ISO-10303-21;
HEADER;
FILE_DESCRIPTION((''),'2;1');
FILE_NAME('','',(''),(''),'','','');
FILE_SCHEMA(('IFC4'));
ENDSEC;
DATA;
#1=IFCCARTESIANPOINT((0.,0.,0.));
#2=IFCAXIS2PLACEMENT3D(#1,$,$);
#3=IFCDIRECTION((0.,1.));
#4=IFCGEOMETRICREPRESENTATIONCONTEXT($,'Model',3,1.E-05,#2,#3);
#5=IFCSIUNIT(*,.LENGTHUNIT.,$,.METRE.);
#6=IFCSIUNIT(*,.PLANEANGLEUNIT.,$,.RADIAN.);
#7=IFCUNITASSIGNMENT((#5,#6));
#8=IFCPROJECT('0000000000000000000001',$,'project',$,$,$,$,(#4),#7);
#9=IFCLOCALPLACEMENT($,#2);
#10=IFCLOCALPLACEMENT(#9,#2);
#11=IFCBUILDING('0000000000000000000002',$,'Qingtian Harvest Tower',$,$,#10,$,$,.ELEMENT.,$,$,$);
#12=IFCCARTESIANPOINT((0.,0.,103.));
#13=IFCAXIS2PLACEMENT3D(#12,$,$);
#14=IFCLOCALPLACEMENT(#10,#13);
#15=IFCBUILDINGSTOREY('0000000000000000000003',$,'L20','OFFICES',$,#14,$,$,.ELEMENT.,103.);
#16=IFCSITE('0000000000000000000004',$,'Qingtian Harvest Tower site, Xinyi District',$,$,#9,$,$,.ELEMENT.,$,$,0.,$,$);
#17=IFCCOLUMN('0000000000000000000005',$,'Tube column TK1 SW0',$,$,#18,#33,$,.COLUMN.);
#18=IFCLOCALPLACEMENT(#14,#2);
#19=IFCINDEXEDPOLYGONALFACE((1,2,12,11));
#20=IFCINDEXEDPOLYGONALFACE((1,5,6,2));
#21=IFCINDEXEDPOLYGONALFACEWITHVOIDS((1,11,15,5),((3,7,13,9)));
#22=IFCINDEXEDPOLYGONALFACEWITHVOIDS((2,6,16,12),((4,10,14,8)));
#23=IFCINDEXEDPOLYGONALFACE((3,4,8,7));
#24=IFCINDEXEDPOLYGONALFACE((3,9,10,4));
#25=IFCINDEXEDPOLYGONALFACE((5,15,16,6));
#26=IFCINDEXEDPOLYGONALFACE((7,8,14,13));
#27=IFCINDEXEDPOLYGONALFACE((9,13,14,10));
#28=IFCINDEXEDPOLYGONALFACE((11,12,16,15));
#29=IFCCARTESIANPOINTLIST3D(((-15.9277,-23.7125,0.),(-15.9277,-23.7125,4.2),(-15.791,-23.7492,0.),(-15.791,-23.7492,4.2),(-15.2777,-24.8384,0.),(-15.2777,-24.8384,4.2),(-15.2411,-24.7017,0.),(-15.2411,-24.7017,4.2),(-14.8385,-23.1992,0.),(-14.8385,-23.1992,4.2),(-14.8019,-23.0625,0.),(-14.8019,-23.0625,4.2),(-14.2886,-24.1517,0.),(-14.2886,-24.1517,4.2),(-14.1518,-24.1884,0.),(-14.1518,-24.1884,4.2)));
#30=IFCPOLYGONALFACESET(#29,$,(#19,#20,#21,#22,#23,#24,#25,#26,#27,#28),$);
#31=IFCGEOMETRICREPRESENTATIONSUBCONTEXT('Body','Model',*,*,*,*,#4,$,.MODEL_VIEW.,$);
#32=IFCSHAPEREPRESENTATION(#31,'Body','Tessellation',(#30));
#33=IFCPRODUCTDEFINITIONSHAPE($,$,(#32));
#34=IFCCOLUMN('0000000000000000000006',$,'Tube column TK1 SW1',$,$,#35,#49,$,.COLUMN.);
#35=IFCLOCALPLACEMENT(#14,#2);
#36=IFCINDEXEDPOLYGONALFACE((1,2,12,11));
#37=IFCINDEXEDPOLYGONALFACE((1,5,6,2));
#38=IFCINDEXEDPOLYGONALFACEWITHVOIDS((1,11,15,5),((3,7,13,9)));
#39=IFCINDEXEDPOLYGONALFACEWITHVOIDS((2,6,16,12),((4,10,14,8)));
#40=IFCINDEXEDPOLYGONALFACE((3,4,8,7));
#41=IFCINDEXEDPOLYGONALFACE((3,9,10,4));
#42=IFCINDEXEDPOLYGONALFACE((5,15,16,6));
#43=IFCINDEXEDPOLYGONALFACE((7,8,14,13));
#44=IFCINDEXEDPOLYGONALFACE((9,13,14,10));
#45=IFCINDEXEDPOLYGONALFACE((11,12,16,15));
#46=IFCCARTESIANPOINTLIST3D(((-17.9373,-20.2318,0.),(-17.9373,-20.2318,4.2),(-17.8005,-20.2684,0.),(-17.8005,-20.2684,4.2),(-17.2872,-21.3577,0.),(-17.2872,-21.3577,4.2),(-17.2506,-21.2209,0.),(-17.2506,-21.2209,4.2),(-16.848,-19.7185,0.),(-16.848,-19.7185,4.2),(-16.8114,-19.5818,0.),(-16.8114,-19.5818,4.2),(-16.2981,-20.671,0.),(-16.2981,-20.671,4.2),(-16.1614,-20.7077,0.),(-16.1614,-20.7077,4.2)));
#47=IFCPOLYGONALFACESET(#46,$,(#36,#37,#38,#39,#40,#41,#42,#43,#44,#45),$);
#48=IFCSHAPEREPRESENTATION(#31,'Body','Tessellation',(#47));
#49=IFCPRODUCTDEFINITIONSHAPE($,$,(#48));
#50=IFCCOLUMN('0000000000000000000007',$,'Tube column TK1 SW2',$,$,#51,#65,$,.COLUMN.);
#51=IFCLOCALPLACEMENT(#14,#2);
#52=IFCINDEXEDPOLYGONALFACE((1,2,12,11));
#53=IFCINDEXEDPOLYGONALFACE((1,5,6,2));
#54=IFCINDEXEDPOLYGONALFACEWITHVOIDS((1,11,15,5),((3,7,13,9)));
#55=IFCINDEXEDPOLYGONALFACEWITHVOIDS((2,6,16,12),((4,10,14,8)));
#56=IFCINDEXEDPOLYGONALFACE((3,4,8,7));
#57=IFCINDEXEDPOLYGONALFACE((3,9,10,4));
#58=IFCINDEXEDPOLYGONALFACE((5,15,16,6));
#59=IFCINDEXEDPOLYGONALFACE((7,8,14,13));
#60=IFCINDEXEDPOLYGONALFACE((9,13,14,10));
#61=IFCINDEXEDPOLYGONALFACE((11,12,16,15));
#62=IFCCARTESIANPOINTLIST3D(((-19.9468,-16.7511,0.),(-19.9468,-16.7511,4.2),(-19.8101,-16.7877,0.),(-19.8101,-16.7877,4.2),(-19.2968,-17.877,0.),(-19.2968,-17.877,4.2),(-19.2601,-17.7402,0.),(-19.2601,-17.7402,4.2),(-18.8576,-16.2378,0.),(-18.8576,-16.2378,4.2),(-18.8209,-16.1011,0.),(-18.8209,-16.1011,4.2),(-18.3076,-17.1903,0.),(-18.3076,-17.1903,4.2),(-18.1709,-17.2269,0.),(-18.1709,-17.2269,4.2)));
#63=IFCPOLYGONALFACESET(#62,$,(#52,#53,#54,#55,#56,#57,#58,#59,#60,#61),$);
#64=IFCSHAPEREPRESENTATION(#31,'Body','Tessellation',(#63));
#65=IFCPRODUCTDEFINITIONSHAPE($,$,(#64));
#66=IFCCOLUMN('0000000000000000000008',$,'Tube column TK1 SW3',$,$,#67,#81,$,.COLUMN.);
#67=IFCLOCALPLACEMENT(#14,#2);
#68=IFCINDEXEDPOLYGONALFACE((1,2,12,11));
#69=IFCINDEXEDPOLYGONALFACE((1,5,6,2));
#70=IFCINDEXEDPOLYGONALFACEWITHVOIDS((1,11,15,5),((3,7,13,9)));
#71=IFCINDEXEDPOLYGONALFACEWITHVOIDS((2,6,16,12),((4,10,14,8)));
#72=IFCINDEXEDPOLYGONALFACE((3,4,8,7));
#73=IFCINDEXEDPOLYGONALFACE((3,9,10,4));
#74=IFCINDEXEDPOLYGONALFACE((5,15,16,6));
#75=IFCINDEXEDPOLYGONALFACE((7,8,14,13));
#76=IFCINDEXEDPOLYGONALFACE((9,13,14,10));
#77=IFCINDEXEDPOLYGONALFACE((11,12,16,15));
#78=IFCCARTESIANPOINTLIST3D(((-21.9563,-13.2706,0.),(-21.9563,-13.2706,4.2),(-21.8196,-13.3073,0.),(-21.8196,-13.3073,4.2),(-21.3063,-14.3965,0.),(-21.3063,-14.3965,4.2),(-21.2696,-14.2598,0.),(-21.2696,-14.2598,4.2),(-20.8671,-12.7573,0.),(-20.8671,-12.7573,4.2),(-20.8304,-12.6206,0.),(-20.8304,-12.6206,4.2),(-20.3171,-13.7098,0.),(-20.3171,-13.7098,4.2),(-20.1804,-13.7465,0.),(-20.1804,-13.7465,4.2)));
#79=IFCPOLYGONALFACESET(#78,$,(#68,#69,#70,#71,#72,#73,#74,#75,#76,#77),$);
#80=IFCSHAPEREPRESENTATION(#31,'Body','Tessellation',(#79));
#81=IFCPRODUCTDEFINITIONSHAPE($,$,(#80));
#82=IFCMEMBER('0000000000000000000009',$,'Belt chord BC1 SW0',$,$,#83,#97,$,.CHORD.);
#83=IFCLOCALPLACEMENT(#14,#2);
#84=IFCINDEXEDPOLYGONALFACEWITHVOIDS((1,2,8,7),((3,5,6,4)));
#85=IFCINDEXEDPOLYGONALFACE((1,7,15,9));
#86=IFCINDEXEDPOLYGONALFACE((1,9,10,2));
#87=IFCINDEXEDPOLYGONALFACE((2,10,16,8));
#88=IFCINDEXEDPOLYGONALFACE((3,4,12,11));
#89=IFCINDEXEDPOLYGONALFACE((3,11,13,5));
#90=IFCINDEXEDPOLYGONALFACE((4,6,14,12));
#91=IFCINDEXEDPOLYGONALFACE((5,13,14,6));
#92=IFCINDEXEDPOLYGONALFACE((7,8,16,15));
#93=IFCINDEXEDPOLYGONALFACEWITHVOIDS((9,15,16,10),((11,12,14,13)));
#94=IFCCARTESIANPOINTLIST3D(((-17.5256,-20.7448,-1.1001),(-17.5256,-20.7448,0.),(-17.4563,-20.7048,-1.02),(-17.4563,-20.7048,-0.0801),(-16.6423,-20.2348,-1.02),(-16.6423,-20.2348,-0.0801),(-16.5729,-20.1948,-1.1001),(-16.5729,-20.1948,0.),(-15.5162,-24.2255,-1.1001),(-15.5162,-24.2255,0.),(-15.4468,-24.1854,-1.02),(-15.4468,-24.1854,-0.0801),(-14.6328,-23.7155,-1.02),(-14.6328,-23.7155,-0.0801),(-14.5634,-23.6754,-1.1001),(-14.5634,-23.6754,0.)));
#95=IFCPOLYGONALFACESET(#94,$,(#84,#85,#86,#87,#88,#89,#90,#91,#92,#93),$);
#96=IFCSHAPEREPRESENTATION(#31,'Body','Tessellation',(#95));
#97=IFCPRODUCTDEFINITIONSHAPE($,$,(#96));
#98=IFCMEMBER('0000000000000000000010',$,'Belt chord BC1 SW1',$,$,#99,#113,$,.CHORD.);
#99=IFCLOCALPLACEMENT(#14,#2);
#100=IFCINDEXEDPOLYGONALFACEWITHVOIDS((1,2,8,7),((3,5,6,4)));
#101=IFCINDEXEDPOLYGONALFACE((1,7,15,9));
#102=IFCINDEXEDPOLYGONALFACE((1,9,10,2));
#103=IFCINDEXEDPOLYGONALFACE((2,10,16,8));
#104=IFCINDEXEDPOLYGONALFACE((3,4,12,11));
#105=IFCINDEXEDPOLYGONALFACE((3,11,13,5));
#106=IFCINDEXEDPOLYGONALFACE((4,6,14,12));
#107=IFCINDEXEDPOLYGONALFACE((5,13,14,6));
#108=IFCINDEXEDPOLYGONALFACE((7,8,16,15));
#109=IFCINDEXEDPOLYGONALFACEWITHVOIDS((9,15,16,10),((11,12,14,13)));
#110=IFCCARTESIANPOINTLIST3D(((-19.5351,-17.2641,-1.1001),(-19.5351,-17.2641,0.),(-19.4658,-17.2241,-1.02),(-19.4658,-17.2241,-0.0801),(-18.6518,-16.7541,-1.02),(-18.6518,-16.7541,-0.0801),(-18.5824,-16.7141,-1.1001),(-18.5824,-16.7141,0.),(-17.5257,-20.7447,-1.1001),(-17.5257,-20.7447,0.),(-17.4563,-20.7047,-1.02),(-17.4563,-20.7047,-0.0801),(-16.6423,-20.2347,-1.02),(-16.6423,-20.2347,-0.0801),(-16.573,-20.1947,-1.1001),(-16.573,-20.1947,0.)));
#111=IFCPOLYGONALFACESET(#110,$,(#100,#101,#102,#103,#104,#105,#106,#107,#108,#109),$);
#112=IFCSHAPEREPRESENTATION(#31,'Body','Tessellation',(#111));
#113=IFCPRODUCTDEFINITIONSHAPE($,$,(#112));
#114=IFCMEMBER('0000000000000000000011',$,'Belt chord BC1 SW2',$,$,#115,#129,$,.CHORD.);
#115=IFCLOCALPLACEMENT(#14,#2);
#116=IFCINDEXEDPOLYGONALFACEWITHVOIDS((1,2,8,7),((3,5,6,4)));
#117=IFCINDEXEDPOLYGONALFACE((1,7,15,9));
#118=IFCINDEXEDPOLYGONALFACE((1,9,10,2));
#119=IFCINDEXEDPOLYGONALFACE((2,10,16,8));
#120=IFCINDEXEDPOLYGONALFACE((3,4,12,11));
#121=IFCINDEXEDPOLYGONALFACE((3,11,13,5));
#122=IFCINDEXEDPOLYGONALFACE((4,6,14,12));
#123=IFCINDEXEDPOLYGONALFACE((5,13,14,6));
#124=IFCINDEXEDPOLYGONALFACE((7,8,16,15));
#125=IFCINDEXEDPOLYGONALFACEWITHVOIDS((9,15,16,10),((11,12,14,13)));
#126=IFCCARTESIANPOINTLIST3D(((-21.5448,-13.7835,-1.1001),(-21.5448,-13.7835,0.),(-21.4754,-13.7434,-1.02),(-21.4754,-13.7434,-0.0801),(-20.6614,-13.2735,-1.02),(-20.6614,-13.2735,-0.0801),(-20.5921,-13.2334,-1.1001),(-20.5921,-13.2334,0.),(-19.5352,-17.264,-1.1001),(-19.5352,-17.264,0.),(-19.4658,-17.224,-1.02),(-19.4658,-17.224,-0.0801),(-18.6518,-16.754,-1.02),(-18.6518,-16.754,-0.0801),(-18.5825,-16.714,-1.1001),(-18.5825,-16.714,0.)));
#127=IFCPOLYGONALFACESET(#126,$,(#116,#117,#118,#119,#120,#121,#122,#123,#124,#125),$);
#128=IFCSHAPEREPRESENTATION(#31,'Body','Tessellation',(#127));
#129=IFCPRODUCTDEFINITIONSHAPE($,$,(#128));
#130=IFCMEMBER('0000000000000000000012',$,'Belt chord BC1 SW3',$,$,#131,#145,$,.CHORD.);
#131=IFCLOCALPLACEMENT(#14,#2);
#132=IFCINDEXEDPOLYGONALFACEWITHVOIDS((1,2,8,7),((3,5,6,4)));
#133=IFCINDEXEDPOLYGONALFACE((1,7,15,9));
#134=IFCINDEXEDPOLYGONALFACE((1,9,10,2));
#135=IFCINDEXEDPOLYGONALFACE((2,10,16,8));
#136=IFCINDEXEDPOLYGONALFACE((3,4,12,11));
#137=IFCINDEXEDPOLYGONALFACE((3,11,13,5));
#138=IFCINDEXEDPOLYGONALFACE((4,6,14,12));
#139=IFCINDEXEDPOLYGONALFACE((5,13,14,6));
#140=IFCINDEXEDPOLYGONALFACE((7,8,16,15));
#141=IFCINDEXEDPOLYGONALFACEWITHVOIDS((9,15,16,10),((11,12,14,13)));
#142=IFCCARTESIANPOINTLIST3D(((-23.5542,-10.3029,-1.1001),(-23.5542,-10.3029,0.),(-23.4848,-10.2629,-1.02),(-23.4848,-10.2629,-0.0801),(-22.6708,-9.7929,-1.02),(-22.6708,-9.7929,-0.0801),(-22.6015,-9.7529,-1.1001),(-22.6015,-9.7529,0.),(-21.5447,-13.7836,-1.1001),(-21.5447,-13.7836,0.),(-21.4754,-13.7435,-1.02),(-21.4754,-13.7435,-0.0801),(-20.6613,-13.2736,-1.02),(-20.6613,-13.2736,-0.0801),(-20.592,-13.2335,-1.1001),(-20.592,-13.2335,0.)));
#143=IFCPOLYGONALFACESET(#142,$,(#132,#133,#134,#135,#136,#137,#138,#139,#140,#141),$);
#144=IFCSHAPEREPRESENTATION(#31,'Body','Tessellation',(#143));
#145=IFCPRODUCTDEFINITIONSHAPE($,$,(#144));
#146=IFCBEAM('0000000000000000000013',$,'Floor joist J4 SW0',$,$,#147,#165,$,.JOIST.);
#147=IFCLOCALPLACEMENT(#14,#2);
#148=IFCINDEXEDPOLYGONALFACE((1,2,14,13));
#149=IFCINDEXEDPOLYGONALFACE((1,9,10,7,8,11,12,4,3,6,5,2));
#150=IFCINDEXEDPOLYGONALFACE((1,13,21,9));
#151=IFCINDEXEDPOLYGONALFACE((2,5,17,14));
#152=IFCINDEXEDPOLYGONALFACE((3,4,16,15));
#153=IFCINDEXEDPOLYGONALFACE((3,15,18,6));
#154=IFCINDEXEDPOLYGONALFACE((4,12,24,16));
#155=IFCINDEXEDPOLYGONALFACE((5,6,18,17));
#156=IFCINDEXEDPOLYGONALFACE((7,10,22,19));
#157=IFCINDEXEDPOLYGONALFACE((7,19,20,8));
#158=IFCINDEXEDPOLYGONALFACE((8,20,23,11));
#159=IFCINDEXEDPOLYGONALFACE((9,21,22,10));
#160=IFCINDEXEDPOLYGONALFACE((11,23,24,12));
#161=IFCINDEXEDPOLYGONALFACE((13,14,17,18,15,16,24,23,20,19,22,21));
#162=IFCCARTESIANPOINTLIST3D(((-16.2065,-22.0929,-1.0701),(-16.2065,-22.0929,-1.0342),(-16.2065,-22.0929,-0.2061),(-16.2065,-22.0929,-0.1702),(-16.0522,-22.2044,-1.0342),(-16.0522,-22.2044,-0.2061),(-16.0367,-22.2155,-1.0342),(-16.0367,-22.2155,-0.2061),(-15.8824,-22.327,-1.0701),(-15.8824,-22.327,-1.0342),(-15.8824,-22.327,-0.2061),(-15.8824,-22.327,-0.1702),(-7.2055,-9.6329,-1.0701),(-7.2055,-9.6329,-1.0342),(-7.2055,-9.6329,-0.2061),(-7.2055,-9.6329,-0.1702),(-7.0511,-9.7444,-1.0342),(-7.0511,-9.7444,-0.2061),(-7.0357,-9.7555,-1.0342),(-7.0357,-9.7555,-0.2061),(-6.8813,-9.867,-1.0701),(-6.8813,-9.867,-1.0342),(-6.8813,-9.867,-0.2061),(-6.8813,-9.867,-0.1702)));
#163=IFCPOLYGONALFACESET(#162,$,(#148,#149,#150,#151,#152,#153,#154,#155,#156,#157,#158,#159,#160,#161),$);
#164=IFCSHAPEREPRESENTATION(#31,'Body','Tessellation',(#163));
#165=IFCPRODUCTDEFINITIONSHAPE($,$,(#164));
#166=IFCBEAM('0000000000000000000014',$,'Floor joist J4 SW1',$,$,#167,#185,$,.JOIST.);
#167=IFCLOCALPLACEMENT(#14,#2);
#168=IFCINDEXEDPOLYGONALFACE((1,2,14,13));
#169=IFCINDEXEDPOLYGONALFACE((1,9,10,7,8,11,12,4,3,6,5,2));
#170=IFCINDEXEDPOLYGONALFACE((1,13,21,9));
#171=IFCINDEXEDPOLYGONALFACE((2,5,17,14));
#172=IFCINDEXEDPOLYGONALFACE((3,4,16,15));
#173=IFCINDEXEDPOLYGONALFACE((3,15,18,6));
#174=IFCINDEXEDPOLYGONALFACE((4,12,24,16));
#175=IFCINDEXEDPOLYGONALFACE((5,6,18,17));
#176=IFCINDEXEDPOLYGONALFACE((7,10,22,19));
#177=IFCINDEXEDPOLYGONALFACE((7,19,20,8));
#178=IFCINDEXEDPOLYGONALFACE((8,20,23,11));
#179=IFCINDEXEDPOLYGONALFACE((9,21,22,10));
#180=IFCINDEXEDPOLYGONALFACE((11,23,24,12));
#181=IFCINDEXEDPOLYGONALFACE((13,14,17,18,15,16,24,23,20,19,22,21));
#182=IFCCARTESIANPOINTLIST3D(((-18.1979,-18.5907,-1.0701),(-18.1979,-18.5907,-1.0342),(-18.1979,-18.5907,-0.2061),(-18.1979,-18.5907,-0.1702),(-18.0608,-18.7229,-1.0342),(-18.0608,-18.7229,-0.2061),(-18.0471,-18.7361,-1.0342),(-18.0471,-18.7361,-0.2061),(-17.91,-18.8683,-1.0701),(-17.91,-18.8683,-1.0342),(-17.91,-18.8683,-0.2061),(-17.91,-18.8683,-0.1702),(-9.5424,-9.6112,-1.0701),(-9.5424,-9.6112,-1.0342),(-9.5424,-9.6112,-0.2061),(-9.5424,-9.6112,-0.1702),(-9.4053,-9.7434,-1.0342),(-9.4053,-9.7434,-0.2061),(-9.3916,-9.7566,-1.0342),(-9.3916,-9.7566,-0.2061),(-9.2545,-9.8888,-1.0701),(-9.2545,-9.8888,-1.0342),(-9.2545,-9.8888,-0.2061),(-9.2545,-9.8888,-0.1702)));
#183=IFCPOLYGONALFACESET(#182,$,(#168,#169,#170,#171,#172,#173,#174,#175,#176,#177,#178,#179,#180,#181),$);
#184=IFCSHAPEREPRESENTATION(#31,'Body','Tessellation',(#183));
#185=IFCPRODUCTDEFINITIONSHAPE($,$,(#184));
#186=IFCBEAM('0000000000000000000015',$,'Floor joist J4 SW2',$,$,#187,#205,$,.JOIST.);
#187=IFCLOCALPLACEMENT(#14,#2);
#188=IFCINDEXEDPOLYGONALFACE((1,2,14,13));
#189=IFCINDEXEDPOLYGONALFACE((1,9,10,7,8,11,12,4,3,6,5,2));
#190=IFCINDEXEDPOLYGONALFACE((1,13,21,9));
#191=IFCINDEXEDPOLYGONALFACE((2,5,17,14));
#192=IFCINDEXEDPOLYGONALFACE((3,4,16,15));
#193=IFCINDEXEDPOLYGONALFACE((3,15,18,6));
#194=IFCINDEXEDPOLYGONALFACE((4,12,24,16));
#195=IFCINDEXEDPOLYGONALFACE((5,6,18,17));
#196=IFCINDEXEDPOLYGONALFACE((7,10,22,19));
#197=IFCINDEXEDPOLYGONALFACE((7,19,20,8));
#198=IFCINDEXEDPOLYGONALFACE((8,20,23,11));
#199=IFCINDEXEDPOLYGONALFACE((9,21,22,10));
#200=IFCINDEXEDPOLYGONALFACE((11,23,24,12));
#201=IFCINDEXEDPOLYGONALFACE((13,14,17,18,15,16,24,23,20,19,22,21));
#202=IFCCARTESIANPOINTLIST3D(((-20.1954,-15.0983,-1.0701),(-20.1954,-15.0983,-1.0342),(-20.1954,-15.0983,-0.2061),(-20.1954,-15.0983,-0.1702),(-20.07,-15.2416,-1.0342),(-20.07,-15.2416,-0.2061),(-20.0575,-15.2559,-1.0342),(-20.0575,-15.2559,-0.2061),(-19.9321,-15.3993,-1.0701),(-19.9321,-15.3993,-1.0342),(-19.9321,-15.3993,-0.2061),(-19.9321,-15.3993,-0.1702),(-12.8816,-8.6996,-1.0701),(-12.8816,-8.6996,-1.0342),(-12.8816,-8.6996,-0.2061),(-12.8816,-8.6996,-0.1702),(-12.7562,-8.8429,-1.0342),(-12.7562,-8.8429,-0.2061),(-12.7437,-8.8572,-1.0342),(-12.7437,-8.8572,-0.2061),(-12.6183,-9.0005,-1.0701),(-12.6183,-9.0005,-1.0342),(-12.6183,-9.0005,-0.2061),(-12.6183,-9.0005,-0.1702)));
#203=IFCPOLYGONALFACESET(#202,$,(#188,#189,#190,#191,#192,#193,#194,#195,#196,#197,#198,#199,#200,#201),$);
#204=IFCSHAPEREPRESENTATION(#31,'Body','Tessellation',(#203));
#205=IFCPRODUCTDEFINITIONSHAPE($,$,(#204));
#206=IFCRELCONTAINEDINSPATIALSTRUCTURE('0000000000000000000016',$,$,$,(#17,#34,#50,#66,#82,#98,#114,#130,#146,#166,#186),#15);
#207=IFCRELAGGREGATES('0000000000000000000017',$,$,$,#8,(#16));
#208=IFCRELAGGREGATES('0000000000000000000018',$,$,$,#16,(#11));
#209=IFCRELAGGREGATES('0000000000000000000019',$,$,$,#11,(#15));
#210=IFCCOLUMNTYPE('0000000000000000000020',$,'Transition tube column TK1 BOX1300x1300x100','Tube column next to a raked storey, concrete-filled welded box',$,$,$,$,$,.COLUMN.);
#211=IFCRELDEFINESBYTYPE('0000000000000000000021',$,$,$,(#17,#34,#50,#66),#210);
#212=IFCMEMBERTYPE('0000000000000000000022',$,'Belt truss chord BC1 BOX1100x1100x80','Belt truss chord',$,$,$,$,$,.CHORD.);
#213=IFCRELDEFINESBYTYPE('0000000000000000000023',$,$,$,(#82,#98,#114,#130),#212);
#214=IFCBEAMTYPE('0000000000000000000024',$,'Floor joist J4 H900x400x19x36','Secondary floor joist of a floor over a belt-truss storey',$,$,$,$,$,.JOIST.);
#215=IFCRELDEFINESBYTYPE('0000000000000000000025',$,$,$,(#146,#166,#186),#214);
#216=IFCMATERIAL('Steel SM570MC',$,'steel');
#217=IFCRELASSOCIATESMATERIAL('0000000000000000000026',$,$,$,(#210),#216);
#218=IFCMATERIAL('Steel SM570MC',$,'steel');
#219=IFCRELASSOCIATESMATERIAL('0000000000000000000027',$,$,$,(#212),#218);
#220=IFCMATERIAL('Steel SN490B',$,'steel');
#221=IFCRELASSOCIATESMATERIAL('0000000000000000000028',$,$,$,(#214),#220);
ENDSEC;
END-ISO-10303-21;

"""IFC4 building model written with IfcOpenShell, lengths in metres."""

from ifc_helpers import new_model, si_unit, direction, frame, origin, origin_2d, place, context, subcontext, project, spatial, hollow_rectangle, i_section, extrude, material, material_profile, profile_set, type_object, element, save


model = new_model("IFC4")

# Units and contexts
model_context = context("Model", 3, precision=1e-05, world=origin(), true_north=direction((0.0, 1.0)))
body_context = subcontext(model_context, "Body", "Model", "MODEL_VIEW")
ifc_project = project(units=[si_unit("LENGTHUNIT", "METRE"), si_unit("PLANEANGLEUNIT", "RADIAN")], contexts=[model_context])

# Site, building, storey
site_placement = place(None, origin())
site = spatial("IfcSite", under=ifc_project, at=site_placement, Name="Qingtian Harvest Tower site, Xinyi District", CompositionType="ELEMENT", RefElevation=0.0)
building_placement = place(site_placement, origin())
building = spatial("IfcBuilding", under=site, at=building_placement, Name="Qingtian Harvest Tower", CompositionType="ELEMENT")
storey_placement = place(building_placement, frame((0.0, 0.0, 103.0)))
storey = spatial("IfcBuildingStorey", under=building, at=storey_placement, Name="L20", Description="OFFICES", CompositionType="ELEMENT", Elevation=103.0)

# Columns
ifc_material_1 = material(Name="Steel SM570MC", Category="steel")
ifc_material_profile_1 = material_profile(ifc_material_1, hollow_rectangle(XDim=1.3, YDim=1.3, WallThickness=0.1001, at=origin_2d()), Name="BOX1300x1300x100")
ifc_profile_set_1 = profile_set([ifc_material_profile_1], Name="Steel SM570MC")
column_type = type_object("IfcColumnType", Name="Transition tube column TK1 BOX1300x1300x100", Description="Tube column next to a raked storey, concrete-filled welded box", PredefinedType="COLUMN", material=ifc_profile_set_1)
for number, where, z_axis, x_axis, name in (
    (1, (-15.0398, -23.9504, 0.0), (0.0, 0.0, 1.0), (0.5, -0.866025, 0.0), "Tube column TK1 SW0"),
    (2, (-17.0493, -20.4697, 0.0), (0.0, 0.0, 1.0), (0.5, -0.866025, 0.0), "Tube column TK1 SW1"),
    (3, (-19.0588, -16.989, 0.0), (0.0, 0.0, 1.0), (0.5, -0.866025, 0.0), "Tube column TK1 SW2"),
    (4, (-21.0684, -13.5085, 0.0), (0.0, 0.0, 1.0), (0.5, -0.866025, 0.0), "Tube column TK1 SW3"),
):
    element("IfcColumn", number, at=place(storey_placement, frame(where, z_axis=z_axis, x_axis=x_axis)), inside=storey, type_object=column_type, Name=name, PredefinedType="COLUMN", context=body_context, shape_type="SweptSolid", body=[
        extrude(hollow_rectangle(XDim=1.3, YDim=1.3, WallThickness=0.1001, at=origin_2d()), origin(), (0.0, 0.0, 1.0), 4.2),
    ])

# Members
ifc_material_2 = material(Name="Steel SM570MC", Category="steel")
ifc_material_profile_2 = material_profile(ifc_material_2, hollow_rectangle(XDim=1.1001, YDim=1.1001, WallThickness=0.0801, at=origin_2d()), Name="BOX1100x1100x80")
ifc_profile_set_2 = profile_set([ifc_material_profile_2], Name="Steel SM570MC")
member_type_1 = type_object("IfcMemberType", Name="Belt truss chord BC1 BOX1100x1100x80", Description="Belt truss chord", PredefinedType="CHORD", material=ifc_profile_set_2)
for number, where, z_axis, x_axis, name in (
    (5, (-15.0398, -23.9504, -0.55), (-0.499987, 0.866033, 0.0), (-0.866033, -0.499987, 0.0), "Belt chord BC1 SW0"),
    (6, (-17.0493, -20.4697, -0.55), (-0.499987, 0.866033, 0.0), (-0.866033, -0.499987, 0.0), "Belt chord BC1 SW1"),
    (7, (-19.0588, -16.989, -0.55), (-0.500013, 0.866018, 0.0), (-0.866018, -0.500013, 0.0), "Belt chord BC1 SW2"),
    (8, (-21.0684, -13.5085, -0.55), (-0.499987, 0.866033, 0.0), (-0.866033, -0.499987, 0.0), "Belt chord BC1 SW3"),
):
    element("IfcMember", number, at=place(storey_placement, frame(where, z_axis=z_axis, x_axis=x_axis)), inside=storey, type_object=member_type_1, Name=name, PredefinedType="CHORD", context=body_context, shape_type="SweptSolid", body=[
        extrude(hollow_rectangle(XDim=1.1001, YDim=1.1001, WallThickness=0.0801, at=origin_2d()), origin(), (0.0, 0.0, 1.0), 4.019),
    ])

# Beams
ifc_material_3 = material(Name="Steel SN490B", Category="steel")
ifc_material_profile_3 = material_profile(ifc_material_3, i_section(OverallWidth=0.3999, OverallDepth=0.8999, WebThickness=0.019, FlangeThickness=0.0359, at=origin_2d()), Name="H900x400x19x36")
ifc_profile_set_3 = profile_set([ifc_material_profile_3], Name="Steel SN490B")
beam_type_1 = type_object("IfcBeamType", Name="Floor joist J4 H900x400x19x36", Description="Secondary floor joist of a floor over a belt-truss storey", PredefinedType="JOIST", material=ifc_profile_set_3)
beam_1_placement = place(storey_placement, frame((-16.0444, -22.21, -0.6201), z_axis=(0.585581, 0.810614, 0.0), x_axis=(-0.810614, 0.585581, 0.0)))
element("IfcBeam", 9, at=beam_1_placement, inside=storey, type_object=beam_type_1, Name="Floor joist J4 SW0", PredefinedType="JOIST", context=body_context, shape_type="SweptSolid", body=[
    extrude(i_section(OverallWidth=0.3999, OverallDepth=0.8999, WebThickness=0.019, FlangeThickness=0.0359, at=origin_2d()), origin(), (0.0, 0.0, 1.0), 15.3711),
])
beam_2_placement = place(storey_placement, frame((-18.054, -18.7295, -0.6201), z_axis=(0.693999, 0.719976, 0.0), x_axis=(-0.719976, 0.693999, 0.0)))
element("IfcBeam", 10, at=beam_2_placement, inside=storey, type_object=beam_type_1, Name="Floor joist J4 SW1", PredefinedType="JOIST", context=body_context, shape_type="SweptSolid", body=[
    extrude(i_section(OverallWidth=0.3999, OverallDepth=0.8999, WebThickness=0.019, FlangeThickness=0.0359, at=origin_2d()), origin(), (0.0, 0.0, 1.0), 12.4719),
])
beam_3_placement = place(storey_placement, frame((-20.0637, -15.2488, -0.6201), z_axis=(0.752619, 0.658457, 0.0), x_axis=(-0.658457, 0.752619, 0.0)))
element("IfcBeam", 11, at=beam_3_placement, inside=storey, type_object=beam_type_1, Name="Floor joist J4 SW2", PredefinedType="JOIST", context=body_context, shape_type="SweptSolid", body=[
    extrude(i_section(OverallWidth=0.3999, OverallDepth=0.8999, WebThickness=0.019, FlangeThickness=0.0359, at=origin_2d()), origin(), (0.0, 0.0, 1.0), 9.7178),
])

save(model, "model.ifc")
